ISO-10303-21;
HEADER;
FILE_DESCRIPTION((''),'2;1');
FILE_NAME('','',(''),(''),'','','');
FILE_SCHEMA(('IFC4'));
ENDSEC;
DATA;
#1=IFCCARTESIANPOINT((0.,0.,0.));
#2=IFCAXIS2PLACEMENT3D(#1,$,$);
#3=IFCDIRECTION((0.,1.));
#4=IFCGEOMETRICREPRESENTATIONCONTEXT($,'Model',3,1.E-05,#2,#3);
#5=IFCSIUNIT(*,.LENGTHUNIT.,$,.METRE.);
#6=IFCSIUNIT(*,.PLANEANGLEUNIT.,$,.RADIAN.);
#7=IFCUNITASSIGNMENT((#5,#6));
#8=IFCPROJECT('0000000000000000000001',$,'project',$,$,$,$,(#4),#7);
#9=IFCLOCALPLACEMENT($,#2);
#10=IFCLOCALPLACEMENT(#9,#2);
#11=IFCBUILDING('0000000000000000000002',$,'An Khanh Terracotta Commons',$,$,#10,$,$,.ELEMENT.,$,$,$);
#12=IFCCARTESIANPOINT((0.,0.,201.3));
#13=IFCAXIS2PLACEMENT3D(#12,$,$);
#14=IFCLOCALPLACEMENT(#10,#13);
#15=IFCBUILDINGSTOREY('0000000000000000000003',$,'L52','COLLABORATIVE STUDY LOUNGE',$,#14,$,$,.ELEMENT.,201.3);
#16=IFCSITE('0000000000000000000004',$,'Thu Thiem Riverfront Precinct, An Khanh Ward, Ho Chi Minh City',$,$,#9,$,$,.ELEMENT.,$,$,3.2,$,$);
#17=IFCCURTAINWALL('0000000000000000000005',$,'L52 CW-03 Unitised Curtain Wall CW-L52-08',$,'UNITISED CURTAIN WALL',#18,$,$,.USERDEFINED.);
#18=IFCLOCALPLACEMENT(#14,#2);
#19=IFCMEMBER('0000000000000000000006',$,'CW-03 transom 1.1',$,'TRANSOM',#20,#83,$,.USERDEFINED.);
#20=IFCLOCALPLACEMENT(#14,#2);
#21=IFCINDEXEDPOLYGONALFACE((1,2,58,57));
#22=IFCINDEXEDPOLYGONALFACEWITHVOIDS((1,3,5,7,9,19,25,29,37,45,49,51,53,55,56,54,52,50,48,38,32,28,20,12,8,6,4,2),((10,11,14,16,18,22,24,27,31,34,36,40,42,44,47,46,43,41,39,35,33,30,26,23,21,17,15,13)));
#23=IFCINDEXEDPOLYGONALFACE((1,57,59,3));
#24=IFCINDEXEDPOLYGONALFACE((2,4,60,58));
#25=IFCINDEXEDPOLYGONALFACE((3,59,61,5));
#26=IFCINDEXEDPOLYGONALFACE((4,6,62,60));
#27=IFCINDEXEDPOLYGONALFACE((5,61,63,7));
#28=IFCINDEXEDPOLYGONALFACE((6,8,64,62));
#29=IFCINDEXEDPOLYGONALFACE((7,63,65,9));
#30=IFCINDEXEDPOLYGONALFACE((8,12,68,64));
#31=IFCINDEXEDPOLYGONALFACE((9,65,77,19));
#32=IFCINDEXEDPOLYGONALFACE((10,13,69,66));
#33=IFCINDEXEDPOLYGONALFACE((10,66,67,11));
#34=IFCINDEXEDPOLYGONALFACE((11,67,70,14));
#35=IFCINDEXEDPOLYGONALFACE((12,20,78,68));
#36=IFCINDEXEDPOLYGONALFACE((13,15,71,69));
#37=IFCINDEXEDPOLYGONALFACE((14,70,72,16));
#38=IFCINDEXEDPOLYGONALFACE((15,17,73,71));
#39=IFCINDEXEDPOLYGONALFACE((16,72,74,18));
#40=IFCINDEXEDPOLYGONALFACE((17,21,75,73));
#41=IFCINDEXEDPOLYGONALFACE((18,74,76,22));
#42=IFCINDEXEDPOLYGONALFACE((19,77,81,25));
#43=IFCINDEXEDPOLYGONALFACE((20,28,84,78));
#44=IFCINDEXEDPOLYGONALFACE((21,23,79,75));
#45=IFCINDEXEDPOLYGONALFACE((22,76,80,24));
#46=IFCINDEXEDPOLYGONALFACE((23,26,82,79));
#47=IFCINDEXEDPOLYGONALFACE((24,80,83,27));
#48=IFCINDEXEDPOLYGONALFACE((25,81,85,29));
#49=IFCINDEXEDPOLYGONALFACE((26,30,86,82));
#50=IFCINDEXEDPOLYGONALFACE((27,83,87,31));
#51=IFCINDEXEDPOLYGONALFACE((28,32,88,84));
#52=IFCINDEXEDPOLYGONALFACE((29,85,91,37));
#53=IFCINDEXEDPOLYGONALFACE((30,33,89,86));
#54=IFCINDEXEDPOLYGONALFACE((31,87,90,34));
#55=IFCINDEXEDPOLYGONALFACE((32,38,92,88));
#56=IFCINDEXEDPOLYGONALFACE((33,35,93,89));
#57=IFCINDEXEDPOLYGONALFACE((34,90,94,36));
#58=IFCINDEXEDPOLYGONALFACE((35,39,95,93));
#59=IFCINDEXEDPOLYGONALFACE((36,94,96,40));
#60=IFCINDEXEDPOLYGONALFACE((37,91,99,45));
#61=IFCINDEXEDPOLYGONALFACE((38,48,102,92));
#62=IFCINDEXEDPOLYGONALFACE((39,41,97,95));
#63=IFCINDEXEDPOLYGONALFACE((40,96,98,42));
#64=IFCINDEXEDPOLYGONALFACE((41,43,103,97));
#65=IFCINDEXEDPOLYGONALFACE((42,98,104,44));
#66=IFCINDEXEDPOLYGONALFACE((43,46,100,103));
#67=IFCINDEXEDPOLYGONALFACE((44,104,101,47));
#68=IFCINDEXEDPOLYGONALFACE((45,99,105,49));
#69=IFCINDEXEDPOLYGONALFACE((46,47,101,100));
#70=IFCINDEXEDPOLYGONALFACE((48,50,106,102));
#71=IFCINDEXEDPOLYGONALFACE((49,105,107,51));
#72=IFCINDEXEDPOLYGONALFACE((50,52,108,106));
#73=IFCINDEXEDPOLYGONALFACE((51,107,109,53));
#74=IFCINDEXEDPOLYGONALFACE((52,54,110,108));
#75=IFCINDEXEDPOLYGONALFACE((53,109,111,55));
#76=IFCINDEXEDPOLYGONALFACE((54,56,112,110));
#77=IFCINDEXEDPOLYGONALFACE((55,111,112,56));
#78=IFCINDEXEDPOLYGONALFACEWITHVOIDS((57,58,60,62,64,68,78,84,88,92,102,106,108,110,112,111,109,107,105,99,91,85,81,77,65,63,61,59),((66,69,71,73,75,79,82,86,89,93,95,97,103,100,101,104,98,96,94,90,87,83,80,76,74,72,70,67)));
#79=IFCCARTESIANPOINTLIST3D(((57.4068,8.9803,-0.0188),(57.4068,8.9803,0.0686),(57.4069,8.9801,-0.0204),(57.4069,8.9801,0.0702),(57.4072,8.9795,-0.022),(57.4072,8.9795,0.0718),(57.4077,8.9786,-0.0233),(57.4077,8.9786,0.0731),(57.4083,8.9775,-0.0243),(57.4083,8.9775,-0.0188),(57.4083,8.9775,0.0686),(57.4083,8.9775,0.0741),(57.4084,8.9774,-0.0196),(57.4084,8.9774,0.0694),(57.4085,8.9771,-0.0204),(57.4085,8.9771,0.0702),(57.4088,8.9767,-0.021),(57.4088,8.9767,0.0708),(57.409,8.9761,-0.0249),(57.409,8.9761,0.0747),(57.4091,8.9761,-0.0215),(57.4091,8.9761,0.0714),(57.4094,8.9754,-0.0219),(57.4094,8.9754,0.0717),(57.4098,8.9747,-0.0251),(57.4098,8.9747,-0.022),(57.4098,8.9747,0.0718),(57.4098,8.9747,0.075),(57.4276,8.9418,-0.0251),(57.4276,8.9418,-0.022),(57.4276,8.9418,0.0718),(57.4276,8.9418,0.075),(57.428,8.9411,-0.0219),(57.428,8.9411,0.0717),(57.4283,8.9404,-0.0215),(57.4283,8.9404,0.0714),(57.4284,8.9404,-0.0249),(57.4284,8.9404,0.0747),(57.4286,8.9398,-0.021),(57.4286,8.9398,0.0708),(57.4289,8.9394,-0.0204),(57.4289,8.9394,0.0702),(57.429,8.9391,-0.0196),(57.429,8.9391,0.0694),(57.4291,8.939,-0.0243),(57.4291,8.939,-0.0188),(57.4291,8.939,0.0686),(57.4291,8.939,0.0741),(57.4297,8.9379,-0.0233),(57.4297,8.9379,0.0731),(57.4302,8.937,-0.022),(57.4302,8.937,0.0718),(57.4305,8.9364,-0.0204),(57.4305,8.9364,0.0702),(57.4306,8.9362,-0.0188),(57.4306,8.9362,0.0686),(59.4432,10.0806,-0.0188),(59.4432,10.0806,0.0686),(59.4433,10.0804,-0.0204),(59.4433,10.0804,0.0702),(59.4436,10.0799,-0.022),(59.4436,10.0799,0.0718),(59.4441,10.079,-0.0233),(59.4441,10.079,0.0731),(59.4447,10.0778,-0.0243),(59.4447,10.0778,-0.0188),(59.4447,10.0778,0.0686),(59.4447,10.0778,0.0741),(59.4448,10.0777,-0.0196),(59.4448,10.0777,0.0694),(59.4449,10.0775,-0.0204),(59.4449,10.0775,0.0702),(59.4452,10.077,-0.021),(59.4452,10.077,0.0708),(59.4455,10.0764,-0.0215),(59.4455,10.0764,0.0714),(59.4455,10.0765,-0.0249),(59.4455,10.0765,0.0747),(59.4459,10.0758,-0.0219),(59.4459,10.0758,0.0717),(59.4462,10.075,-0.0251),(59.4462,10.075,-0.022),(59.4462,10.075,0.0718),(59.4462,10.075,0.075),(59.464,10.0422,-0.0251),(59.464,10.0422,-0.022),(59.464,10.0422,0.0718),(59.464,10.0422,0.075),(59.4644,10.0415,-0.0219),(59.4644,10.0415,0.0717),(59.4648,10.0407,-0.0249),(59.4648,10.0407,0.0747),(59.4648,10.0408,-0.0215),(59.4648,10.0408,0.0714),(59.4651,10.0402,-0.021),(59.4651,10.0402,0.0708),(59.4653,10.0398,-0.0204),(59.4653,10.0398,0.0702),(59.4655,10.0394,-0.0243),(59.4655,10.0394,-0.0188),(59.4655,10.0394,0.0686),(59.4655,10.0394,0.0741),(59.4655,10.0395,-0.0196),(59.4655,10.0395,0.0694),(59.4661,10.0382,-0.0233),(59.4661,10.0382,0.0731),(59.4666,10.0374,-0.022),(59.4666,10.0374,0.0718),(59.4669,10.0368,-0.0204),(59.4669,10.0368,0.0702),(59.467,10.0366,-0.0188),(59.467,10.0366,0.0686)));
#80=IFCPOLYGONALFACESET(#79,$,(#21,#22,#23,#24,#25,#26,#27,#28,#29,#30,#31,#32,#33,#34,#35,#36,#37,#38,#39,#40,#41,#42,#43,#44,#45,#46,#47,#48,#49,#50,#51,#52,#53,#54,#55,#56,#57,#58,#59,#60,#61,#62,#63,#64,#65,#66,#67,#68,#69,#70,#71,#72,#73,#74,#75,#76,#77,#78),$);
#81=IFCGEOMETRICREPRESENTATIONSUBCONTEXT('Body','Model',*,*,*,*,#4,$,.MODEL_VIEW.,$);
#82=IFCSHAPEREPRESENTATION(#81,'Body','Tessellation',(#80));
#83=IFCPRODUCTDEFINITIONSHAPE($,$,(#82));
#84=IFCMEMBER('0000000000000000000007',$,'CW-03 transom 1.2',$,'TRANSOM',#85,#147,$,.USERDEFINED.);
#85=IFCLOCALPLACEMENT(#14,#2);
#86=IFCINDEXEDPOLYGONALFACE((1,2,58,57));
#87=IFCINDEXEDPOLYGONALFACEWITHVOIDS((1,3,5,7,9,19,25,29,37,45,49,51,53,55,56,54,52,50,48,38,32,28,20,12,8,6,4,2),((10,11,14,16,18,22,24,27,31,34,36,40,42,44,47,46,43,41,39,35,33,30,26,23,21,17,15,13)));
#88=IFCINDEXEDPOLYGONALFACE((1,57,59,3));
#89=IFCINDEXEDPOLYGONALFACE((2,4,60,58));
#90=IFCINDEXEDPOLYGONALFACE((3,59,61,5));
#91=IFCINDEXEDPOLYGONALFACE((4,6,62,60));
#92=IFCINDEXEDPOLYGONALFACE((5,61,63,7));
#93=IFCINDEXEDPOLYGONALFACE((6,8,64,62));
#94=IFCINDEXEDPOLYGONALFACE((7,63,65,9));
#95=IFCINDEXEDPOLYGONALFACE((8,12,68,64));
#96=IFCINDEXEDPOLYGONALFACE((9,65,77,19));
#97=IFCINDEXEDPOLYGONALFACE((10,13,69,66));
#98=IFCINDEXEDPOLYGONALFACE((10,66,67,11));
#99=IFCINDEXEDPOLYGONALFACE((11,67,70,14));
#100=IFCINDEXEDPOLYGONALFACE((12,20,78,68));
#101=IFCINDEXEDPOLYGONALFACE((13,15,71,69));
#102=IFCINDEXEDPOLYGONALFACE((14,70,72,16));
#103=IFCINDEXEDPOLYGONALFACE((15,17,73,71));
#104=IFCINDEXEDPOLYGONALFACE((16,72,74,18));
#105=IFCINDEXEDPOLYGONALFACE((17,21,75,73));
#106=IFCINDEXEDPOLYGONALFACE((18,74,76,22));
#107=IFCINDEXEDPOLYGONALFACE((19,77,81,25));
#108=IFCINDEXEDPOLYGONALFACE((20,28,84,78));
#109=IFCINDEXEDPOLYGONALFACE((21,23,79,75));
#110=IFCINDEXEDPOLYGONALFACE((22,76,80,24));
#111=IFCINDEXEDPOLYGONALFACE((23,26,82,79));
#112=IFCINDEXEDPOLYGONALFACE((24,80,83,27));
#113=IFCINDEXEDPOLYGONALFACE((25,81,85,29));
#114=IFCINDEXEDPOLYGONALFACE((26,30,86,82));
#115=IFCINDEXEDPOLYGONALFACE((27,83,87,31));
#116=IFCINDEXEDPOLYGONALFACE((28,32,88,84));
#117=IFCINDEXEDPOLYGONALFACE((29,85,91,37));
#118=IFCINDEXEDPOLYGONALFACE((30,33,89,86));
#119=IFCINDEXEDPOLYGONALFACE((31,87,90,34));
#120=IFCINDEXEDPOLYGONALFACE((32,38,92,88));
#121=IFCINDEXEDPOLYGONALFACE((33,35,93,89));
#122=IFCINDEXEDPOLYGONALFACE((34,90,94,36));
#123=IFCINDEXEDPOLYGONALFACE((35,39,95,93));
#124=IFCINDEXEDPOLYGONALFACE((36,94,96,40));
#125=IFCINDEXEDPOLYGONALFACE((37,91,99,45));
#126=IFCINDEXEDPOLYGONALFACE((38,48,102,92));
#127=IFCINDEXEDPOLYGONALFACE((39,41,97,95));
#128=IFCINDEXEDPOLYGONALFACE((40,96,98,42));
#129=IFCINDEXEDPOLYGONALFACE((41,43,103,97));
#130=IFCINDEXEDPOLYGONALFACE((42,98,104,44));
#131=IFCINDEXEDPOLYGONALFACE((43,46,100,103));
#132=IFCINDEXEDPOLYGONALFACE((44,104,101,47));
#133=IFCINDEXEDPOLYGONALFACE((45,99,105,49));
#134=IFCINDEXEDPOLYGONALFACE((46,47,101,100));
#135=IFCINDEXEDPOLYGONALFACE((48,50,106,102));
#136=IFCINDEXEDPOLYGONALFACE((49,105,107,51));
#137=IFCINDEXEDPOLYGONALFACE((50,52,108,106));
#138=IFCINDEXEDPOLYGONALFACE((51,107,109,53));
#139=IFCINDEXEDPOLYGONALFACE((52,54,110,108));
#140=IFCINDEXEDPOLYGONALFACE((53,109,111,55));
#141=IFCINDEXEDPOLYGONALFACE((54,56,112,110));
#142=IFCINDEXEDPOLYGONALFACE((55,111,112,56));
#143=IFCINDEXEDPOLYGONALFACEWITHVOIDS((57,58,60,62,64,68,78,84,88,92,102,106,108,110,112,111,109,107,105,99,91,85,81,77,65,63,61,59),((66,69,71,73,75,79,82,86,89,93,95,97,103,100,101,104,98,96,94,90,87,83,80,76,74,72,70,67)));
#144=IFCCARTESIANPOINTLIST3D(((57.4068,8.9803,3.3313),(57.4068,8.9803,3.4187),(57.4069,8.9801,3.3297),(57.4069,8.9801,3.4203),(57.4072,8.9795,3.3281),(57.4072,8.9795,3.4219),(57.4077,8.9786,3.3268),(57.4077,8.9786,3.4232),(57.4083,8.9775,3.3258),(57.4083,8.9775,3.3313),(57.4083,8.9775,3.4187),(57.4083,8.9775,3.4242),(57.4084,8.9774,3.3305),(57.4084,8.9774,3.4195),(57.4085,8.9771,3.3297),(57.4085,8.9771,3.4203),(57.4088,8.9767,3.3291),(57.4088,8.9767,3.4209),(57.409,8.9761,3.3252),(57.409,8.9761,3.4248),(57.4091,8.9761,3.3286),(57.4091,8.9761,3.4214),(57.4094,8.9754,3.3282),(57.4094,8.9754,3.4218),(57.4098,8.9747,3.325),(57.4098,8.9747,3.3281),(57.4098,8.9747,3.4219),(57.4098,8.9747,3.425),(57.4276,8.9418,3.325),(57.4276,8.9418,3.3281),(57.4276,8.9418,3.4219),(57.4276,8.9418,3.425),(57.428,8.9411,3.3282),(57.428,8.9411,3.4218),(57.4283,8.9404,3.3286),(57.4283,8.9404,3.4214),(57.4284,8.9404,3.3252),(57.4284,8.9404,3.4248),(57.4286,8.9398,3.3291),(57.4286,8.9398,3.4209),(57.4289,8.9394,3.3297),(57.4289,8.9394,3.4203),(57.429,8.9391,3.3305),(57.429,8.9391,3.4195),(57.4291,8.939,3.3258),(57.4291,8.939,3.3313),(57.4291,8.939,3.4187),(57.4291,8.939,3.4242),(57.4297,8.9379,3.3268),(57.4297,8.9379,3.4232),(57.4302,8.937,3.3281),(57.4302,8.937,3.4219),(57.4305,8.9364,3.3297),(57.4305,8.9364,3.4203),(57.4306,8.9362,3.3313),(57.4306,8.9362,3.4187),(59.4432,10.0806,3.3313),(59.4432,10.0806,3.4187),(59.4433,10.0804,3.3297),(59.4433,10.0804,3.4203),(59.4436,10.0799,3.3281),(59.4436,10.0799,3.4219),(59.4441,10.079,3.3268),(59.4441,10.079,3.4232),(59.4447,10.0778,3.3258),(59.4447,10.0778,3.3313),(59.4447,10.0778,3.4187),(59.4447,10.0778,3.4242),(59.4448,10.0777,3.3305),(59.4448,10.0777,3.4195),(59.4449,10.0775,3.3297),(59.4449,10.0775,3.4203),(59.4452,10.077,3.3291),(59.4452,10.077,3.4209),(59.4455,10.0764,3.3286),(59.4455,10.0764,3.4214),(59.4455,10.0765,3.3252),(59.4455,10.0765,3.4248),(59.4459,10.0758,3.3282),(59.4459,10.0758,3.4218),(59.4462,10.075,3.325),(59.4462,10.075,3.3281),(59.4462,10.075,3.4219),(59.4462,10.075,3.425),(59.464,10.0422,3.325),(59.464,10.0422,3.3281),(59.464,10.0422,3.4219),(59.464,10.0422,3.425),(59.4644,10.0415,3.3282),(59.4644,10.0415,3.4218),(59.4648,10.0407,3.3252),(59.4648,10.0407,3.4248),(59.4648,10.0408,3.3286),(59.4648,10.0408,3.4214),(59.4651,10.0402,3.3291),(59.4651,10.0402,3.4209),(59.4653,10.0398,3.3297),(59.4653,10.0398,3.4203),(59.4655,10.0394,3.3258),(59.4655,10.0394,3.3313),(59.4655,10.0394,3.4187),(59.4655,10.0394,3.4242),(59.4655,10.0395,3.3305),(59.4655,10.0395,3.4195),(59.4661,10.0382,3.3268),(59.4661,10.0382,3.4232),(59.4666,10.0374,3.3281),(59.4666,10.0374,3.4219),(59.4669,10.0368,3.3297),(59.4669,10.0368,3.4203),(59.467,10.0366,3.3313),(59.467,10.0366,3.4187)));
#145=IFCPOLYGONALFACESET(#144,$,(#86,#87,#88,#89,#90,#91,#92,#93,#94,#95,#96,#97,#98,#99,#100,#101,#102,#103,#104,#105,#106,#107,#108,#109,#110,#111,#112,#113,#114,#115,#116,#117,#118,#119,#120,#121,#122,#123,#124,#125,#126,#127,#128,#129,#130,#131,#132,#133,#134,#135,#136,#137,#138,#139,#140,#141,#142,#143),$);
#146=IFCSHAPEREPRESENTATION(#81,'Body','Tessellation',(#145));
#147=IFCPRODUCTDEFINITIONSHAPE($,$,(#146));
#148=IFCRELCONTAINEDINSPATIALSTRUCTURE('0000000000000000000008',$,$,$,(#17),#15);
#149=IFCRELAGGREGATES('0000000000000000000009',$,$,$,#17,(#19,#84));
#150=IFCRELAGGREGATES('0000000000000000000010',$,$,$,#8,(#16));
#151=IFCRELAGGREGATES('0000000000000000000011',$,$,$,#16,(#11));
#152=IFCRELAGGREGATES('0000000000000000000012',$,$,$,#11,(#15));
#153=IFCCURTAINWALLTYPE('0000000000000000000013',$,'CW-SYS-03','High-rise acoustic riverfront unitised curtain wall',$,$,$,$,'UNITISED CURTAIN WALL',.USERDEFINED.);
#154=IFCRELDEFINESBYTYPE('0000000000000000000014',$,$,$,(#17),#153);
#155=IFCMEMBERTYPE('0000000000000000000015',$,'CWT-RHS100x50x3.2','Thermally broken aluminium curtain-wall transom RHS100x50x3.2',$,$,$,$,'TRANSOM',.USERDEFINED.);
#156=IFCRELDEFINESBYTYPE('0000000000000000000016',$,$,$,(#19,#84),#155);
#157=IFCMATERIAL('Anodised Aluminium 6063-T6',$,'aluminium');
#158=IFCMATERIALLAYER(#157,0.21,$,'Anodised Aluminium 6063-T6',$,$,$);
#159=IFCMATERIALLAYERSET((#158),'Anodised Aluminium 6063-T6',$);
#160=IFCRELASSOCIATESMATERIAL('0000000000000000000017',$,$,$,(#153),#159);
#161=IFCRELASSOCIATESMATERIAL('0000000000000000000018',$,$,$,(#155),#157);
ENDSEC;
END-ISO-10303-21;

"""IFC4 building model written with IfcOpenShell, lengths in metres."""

from ifc_helpers import new_model, si_unit, direction, frame, origin, origin_2d, place, context, subcontext, project, spatial, hollow_rectangle, extrude, material, layer, layer_set, material_profile, profile_set, type_object, element, aggregate, save


model = new_model("IFC4")

# Units and contexts
model_context = context("Model", 3, precision=1e-05, world=origin(), true_north=direction((0.0, 1.0)))
body_context = subcontext(model_context, "Body", "Model", "MODEL_VIEW")
ifc_project = project(units=[si_unit("LENGTHUNIT", "METRE"), si_unit("PLANEANGLEUNIT", "RADIAN")], contexts=[model_context])

# Site, building, storey
site_placement = place(None, origin())
site = spatial("IfcSite", under=ifc_project, at=site_placement, Name="Thu Thiem Riverfront Precinct, An Khanh Ward, Ho Chi Minh City", CompositionType="ELEMENT", RefElevation=3.2)
building_placement = place(site_placement, origin())
building = spatial("IfcBuilding", under=site, at=building_placement, Name="An Khanh Terracotta Commons", CompositionType="ELEMENT")
storey_placement = place(building_placement, frame((0.0, 0.0, 201.3)))
storey = spatial("IfcBuildingStorey", under=building, at=storey_placement, Name="L52", Description="COLLABORATIVE STUDY LOUNGE", CompositionType="ELEMENT", Elevation=201.3)

# Curtain wall, members
ifc_material_1 = material(Name="Anodised Aluminium 6063-T6", Category="aluminium")
ifc_layer_1 = layer(ifc_material_1, 0.21, Name="Anodised Aluminium 6063-T6")
ifc_layer_set_1 = layer_set([ifc_layer_1], Name="Anodised Aluminium 6063-T6")
curtain_wall_type = type_object("IfcCurtainWallType", Name="CW-SYS-03", Description="High-rise acoustic riverfront unitised curtain wall", ElementType="UNITISED CURTAIN WALL", PredefinedType="USERDEFINED", material=ifc_layer_set_1)
curtain_wall_placement = place(storey_placement, origin())
curtain_wall = element("IfcCurtainWall", 1, at=curtain_wall_placement, inside=storey, type_object=curtain_wall_type, Name="L52 CW-03 Unitised Curtain Wall CW-L52-08", ObjectType="UNITISED CURTAIN WALL", PredefinedType="USERDEFINED")
ifc_material_profile_1 = material_profile(ifc_material_1, hollow_rectangle(XDim=0.05, YDim=0.1001, WallThickness=0.0032, InnerFilletRadius=0.0032, OuterFilletRadius=0.0063, at=origin_2d()), Name="RHS100x50x3.2")
ifc_profile_set_1 = profile_set([ifc_material_profile_1], Name="Anodised Aluminium 6063-T6")
member_type_1 = type_object("IfcMemberType", Name="CWT-RHS100x50x3.2", Description="Thermally broken aluminium curtain-wall transom RHS100x50x3.2", ElementType="TRANSOM", PredefinedType="USERDEFINED", material=ifc_profile_set_1)
member_1_placement = place(storey_placement, frame((57.4187, 8.9583, 0.0249), z_axis=(0.879779, 0.475382, 0.0), x_axis=(-0.475382, 0.879779, 0.0)))
member_1 = element("IfcMember", 2, at=member_1_placement, type_object=member_type_1, Name="CW-03 transom 1.1", ObjectType="TRANSOM", PredefinedType="USERDEFINED", context=body_context, shape_type="SweptSolid", body=[
    extrude(hollow_rectangle(XDim=0.05, YDim=0.1001, WallThickness=0.0032, InnerFilletRadius=0.0032, OuterFilletRadius=0.0063, at=origin_2d()), origin(), (0.0, 0.0, 1.0), 2.3147),
])
member_2_placement = place(storey_placement, frame((57.4187, 8.9583, 3.375), z_axis=(0.879779, 0.475382, 0.0), x_axis=(-0.475382, 0.879779, 0.0)))
member_2 = element("IfcMember", 3, at=member_2_placement, type_object=member_type_1, Name="CW-03 transom 1.2", ObjectType="TRANSOM", PredefinedType="USERDEFINED", context=body_context, shape_type="SweptSolid", body=[
    extrude(hollow_rectangle(XDim=0.05, YDim=0.1001, WallThickness=0.0032, InnerFilletRadius=0.0032, OuterFilletRadius=0.0063, at=origin_2d()), origin(), (0.0, 0.0, 1.0), 2.3147),
])
aggregate(curtain_wall, [member_1, member_2])

save(model, "model.ifc")
